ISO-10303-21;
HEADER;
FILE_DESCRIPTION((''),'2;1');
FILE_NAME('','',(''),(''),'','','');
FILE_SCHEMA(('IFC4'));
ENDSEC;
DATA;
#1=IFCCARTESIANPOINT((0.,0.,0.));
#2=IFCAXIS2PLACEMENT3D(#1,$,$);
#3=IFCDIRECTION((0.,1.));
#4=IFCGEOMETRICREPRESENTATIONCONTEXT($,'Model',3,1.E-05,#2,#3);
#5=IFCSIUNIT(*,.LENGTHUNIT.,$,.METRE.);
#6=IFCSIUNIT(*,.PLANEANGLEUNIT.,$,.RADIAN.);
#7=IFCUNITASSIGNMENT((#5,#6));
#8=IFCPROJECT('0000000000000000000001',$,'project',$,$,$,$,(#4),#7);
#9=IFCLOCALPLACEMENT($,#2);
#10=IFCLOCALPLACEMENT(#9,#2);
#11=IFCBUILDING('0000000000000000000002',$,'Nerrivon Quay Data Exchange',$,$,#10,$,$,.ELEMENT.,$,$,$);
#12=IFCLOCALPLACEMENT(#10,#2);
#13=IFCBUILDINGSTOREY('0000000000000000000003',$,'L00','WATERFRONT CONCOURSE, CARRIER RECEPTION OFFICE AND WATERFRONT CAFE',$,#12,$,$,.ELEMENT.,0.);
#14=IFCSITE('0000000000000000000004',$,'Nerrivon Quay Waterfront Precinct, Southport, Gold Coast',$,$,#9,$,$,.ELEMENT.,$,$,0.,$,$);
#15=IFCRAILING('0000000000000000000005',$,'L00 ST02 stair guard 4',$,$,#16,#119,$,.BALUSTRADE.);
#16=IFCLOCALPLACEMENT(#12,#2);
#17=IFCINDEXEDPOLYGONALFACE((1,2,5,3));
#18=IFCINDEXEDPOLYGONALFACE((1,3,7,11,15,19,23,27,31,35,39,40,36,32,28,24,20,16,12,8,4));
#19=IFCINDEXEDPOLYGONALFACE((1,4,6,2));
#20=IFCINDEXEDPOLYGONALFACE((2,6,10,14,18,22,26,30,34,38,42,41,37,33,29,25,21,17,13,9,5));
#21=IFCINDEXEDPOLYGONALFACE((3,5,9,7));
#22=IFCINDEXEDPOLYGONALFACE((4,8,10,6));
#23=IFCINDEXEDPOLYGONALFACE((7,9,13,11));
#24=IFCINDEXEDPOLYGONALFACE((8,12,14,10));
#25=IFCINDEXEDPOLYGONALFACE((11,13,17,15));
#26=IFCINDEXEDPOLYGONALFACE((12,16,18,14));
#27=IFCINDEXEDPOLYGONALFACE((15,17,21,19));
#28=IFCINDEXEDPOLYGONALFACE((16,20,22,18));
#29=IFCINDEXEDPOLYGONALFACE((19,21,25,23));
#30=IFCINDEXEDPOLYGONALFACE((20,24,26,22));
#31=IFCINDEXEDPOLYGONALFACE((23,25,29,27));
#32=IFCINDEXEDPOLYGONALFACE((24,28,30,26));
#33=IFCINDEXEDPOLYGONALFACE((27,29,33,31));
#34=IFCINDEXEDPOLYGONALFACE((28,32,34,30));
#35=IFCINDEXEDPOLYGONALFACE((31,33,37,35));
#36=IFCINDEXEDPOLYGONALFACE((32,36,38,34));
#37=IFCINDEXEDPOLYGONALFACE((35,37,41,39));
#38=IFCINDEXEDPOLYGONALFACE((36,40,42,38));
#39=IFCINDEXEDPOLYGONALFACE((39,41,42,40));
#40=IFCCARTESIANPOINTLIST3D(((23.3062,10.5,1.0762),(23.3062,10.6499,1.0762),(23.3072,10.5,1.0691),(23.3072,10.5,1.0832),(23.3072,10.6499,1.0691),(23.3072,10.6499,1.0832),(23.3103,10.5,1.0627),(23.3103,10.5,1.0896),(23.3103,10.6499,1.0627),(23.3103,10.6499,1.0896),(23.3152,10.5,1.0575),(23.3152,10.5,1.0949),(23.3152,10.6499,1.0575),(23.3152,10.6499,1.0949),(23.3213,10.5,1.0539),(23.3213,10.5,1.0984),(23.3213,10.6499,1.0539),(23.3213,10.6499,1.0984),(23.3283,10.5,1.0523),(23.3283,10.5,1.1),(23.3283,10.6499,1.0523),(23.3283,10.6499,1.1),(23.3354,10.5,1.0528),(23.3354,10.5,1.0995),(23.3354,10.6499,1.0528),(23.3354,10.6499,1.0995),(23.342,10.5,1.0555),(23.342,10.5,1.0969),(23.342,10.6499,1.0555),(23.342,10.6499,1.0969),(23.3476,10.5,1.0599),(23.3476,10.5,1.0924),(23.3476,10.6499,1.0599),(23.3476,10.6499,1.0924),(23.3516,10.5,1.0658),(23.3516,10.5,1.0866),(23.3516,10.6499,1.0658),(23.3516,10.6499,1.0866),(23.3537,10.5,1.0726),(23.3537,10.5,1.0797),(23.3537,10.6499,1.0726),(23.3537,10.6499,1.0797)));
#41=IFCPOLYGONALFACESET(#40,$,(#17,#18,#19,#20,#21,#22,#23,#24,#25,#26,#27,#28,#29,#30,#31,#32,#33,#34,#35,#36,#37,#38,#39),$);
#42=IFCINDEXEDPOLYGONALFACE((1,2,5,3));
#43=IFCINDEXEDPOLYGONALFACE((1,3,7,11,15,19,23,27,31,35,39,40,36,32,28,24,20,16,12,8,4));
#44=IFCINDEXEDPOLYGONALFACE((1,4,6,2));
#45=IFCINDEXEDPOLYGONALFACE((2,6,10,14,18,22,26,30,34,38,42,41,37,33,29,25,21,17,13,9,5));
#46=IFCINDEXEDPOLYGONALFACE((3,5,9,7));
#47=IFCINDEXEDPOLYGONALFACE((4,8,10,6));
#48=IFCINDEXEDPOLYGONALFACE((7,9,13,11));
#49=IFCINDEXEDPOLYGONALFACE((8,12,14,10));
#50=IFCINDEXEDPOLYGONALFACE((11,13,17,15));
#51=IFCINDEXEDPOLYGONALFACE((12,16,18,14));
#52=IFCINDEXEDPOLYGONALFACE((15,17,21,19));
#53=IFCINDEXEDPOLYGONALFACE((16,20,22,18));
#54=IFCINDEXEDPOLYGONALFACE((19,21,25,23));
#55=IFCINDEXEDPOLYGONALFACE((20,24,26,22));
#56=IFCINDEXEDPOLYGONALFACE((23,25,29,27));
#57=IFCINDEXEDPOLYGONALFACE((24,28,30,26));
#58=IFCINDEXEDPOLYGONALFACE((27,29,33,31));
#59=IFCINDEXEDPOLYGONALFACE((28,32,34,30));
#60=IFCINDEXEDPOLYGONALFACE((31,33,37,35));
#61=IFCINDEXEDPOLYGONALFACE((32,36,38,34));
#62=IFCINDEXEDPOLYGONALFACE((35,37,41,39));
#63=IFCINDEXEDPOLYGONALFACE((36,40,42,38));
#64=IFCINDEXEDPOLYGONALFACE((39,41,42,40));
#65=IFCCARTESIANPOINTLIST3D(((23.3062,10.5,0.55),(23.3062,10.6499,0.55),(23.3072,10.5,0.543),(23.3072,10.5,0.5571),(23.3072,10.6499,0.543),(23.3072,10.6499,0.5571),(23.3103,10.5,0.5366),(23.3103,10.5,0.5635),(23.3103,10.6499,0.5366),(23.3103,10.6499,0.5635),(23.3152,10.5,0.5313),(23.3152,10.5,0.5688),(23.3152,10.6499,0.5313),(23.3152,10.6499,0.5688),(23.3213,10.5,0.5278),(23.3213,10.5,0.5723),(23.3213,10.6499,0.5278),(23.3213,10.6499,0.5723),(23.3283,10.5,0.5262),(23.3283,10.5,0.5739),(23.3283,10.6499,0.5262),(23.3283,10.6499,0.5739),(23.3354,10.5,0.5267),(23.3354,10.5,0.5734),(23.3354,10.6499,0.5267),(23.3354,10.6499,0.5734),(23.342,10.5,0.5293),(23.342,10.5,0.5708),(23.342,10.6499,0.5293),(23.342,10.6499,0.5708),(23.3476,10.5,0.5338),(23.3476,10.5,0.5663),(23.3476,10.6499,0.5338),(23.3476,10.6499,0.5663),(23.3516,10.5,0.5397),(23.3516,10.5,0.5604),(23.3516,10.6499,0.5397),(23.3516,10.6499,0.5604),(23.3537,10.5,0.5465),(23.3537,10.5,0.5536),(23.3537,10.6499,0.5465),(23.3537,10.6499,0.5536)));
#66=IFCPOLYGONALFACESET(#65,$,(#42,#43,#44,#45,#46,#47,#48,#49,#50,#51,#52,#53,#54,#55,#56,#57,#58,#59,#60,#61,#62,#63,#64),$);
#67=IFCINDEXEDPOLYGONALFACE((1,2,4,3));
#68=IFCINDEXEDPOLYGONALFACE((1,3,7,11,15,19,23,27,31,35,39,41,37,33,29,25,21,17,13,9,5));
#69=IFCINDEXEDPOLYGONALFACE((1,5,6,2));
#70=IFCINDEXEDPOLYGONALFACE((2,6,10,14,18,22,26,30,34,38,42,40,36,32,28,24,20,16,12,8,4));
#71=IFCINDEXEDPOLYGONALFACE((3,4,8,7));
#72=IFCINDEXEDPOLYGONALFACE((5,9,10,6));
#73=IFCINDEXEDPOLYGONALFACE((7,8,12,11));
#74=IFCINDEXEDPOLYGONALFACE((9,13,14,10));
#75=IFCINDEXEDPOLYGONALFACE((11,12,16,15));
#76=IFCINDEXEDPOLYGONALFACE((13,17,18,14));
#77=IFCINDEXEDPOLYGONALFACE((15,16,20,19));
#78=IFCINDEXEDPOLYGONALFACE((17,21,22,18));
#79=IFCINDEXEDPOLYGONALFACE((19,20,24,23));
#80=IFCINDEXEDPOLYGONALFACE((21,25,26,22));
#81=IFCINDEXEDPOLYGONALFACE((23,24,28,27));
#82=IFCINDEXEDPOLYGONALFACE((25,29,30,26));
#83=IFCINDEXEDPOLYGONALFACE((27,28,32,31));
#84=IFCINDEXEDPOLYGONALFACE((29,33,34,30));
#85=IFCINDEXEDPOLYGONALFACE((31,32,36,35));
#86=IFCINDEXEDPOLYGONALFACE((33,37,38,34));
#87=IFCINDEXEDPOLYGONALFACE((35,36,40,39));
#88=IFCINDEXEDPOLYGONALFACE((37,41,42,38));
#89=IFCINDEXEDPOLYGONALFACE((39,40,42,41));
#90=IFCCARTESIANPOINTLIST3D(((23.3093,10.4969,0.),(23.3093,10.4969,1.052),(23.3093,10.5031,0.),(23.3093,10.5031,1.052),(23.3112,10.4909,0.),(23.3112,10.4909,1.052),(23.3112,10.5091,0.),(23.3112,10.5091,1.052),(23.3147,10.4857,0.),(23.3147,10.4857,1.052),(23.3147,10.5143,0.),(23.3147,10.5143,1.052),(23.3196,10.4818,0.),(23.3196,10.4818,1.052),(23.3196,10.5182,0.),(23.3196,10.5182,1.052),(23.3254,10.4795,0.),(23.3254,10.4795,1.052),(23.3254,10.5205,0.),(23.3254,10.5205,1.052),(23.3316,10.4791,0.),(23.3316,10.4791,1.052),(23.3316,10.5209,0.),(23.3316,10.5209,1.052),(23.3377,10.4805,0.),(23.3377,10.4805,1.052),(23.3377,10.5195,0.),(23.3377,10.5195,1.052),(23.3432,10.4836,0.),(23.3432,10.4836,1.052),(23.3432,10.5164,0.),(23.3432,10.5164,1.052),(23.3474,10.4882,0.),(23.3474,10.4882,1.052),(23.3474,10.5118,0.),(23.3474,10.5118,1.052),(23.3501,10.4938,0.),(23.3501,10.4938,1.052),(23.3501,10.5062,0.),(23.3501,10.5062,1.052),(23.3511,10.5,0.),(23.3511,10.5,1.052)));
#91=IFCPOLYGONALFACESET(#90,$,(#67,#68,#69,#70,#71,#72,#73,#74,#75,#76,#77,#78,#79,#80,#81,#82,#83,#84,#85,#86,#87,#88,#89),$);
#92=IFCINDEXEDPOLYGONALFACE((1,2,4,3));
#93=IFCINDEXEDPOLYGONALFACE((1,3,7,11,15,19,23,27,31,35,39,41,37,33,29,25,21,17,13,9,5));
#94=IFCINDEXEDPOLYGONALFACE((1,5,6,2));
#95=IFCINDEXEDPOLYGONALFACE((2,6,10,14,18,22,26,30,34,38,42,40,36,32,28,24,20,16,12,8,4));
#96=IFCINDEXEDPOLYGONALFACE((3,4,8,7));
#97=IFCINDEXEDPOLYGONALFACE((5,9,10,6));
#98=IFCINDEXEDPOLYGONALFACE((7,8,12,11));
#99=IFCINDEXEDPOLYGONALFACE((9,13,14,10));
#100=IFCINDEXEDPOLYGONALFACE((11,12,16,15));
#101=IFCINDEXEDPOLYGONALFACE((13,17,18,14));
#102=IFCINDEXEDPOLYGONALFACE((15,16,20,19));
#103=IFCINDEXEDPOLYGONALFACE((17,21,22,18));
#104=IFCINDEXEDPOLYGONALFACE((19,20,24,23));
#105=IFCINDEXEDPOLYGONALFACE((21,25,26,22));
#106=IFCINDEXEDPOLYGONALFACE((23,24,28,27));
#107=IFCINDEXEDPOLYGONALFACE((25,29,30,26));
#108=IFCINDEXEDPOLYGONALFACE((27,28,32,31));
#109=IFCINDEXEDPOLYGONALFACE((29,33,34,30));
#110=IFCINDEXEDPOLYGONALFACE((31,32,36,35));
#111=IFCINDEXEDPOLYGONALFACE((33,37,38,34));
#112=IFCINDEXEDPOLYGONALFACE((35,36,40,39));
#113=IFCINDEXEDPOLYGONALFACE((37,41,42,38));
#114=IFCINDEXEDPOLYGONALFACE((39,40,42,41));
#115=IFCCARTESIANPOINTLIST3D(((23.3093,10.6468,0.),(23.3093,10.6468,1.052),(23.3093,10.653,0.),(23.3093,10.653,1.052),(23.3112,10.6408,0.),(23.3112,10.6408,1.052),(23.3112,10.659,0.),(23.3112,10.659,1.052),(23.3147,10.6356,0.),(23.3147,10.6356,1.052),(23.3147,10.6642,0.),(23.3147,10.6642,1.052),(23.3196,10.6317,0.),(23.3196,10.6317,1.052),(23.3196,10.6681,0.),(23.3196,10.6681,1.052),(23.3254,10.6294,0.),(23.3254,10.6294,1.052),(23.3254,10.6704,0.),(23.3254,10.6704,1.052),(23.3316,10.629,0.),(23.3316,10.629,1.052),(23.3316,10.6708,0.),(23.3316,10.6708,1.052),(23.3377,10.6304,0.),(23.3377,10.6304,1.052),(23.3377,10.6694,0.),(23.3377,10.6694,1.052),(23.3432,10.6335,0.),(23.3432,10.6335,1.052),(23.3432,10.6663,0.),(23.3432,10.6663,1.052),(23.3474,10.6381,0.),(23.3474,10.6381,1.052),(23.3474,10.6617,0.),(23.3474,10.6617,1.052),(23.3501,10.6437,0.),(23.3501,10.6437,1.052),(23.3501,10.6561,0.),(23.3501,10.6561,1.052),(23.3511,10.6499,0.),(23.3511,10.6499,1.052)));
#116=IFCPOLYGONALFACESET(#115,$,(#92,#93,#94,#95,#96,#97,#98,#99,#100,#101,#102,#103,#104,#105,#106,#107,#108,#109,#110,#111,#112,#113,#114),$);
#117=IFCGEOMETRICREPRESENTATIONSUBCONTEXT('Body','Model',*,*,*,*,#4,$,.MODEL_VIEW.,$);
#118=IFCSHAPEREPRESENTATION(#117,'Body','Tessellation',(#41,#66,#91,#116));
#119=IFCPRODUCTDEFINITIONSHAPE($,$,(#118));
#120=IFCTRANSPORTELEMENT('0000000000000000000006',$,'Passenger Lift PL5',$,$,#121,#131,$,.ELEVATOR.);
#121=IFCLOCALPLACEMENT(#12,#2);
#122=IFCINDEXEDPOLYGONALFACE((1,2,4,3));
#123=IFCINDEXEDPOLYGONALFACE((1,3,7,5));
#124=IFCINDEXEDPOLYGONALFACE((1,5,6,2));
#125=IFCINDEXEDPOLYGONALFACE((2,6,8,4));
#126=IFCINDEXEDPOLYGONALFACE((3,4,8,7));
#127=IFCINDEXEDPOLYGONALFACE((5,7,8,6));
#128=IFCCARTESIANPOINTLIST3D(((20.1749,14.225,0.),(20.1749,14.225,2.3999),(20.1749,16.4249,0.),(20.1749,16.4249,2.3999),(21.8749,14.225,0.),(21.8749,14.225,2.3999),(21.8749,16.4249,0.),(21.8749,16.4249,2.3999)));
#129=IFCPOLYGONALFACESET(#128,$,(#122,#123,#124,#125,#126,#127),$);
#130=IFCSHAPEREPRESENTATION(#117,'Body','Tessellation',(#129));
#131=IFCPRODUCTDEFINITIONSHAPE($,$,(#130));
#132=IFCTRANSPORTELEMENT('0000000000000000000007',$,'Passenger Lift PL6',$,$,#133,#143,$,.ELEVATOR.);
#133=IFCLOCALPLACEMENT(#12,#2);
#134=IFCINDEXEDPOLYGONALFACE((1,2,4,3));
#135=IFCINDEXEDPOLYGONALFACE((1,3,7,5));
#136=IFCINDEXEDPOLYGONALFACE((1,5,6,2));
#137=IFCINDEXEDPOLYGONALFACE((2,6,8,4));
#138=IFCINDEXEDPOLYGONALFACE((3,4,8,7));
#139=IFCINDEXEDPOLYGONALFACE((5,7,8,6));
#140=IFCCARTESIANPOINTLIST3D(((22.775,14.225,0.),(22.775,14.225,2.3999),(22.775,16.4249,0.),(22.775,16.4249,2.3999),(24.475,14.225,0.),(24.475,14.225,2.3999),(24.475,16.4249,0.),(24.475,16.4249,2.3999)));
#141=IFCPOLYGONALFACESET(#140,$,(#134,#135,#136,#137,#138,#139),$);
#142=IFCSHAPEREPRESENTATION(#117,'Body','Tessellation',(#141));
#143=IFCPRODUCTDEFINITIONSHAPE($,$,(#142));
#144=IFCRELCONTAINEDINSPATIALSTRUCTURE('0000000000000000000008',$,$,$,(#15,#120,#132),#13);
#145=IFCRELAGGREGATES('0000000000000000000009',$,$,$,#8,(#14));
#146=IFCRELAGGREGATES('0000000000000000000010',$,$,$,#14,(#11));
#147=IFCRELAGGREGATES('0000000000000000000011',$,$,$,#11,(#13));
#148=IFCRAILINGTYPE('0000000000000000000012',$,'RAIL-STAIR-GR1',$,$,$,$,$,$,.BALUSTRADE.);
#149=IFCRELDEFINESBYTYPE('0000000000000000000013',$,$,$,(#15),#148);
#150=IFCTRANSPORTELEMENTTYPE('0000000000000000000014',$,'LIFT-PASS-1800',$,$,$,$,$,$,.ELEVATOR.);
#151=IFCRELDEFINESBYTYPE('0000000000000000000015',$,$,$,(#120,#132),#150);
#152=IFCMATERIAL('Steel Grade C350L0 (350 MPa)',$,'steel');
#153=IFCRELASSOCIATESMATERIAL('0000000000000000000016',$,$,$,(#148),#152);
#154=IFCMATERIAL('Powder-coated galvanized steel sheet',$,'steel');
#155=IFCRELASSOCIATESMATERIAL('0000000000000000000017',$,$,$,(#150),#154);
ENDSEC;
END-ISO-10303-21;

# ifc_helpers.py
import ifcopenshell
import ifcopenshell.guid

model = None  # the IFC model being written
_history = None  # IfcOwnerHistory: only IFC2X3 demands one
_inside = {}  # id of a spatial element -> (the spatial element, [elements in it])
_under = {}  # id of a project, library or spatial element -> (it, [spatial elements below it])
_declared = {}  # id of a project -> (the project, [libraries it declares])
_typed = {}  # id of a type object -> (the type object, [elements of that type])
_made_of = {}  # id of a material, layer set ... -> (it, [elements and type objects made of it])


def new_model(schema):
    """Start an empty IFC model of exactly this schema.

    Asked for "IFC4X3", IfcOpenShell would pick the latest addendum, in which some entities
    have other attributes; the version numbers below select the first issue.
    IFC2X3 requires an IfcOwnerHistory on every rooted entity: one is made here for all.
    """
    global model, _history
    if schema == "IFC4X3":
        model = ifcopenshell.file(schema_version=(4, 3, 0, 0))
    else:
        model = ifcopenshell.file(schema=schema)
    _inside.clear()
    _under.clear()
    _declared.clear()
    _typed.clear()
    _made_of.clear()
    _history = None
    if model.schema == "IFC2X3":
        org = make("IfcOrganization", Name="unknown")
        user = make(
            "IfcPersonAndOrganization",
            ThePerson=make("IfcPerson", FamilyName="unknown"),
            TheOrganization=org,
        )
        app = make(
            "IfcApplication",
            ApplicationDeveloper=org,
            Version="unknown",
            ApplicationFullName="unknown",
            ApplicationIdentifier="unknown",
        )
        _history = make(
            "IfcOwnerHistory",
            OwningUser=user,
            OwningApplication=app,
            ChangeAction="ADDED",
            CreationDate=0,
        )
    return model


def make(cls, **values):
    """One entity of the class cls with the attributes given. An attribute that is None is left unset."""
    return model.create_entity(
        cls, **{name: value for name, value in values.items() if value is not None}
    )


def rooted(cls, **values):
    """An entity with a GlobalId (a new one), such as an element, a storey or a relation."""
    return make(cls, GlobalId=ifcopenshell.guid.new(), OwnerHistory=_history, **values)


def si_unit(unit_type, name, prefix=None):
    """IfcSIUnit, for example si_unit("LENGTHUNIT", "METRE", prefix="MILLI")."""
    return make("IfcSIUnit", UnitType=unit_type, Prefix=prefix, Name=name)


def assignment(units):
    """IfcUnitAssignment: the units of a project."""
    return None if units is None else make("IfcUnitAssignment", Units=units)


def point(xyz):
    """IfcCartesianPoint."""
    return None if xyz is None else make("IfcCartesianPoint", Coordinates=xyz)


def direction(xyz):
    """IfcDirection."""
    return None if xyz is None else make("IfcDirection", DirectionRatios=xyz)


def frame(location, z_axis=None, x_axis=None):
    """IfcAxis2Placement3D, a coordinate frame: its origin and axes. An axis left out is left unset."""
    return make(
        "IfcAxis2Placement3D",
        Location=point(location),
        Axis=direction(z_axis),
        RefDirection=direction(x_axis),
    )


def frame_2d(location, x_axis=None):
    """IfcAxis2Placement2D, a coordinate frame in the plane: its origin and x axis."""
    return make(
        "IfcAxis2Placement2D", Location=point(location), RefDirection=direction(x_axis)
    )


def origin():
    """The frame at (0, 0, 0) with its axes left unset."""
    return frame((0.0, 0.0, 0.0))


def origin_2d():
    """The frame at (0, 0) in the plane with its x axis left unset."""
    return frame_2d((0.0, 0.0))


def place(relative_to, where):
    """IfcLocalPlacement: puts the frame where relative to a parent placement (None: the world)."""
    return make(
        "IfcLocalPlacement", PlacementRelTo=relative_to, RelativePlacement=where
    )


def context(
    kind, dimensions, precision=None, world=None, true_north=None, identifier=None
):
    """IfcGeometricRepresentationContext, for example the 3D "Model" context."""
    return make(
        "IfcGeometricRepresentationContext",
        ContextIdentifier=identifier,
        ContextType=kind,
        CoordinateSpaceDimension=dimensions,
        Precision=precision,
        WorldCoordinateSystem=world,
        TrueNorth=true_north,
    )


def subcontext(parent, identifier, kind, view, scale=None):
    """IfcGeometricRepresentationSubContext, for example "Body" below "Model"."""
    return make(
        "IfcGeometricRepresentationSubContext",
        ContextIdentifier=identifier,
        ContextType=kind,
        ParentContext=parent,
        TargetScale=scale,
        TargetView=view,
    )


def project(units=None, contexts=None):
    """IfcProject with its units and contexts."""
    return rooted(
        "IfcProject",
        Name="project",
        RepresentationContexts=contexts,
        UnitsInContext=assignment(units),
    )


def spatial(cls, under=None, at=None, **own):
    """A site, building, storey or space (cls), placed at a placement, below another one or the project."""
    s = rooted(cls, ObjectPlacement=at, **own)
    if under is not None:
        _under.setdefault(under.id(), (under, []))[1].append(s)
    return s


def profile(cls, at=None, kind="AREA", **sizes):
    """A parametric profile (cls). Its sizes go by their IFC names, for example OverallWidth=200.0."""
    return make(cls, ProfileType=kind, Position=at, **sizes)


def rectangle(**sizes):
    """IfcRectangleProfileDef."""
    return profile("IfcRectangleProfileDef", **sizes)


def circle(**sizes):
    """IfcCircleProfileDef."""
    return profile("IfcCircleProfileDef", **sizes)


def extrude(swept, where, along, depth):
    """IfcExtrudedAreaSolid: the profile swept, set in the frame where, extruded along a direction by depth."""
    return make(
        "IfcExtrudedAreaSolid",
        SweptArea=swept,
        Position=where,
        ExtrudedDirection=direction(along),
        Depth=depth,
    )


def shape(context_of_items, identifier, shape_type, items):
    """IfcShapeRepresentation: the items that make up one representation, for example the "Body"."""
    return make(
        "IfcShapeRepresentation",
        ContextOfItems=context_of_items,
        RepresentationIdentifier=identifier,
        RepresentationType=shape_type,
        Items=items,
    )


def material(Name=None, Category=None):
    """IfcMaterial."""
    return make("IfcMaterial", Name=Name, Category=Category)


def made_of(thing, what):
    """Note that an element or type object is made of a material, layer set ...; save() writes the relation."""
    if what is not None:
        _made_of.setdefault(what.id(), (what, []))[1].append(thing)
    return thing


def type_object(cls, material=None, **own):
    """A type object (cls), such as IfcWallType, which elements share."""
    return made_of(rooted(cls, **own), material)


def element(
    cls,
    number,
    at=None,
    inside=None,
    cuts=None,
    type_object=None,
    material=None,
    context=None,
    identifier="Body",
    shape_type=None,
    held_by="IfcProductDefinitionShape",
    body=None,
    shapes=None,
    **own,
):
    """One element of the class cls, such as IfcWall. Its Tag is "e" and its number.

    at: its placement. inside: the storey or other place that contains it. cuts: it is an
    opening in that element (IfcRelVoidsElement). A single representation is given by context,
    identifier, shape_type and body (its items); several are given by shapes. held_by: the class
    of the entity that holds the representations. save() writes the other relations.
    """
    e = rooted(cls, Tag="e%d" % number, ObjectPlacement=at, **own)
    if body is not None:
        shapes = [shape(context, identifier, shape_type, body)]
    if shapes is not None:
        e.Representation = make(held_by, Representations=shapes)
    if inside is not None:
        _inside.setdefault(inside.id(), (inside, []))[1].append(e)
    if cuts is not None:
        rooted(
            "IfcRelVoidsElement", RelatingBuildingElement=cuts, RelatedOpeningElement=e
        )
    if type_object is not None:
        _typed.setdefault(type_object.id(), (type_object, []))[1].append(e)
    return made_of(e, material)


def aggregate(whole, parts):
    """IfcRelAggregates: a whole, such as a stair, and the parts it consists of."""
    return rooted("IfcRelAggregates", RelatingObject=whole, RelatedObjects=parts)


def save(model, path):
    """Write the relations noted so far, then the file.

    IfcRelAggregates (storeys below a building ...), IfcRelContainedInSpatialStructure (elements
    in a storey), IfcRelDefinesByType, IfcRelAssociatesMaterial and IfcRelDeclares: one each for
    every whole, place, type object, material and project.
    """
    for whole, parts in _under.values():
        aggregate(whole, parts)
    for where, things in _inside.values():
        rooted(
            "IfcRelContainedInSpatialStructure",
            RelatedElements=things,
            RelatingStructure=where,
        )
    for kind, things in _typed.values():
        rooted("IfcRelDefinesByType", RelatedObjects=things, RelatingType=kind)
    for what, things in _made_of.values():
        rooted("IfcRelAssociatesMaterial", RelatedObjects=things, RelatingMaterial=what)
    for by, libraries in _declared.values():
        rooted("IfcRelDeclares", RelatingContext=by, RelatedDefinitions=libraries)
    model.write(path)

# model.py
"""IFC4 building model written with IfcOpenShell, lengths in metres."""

from ifc_helpers import new_model, si_unit, direction, frame, origin, origin_2d, place, context, subcontext, project, spatial, rectangle, circle, extrude, material, type_object, element, save


model = new_model("IFC4")

# Units and contexts
model_context = context("Model", 3, precision=1e-05, world=origin(), true_north=direction((0.0, 1.0)))
body_context = subcontext(model_context, "Body", "Model", "MODEL_VIEW")
ifc_project = project(units=[si_unit("LENGTHUNIT", "METRE"), si_unit("PLANEANGLEUNIT", "RADIAN")], contexts=[model_context])

# Site, building, storey
site_placement = place(None, origin())
site = spatial("IfcSite", under=ifc_project, at=site_placement, Name="Nerrivon Quay Waterfront Precinct, Southport, Gold Coast", CompositionType="ELEMENT", RefElevation=0.0)
building_placement = place(site_placement, origin())
building = spatial("IfcBuilding", under=site, at=building_placement, Name="Nerrivon Quay Data Exchange", CompositionType="ELEMENT")
storey_placement = place(building_placement, origin())
storey = spatial("IfcBuildingStorey", under=building, at=storey_placement, Name="L00", Description="WATERFRONT CONCOURSE, CARRIER RECEPTION OFFICE AND WATERFRONT CAFE", CompositionType="ELEMENT", Elevation=0.0)

# Shared definitions
ifc_material_1 = material(Name="Powder-coated galvanized steel sheet", Category="steel")

# Railing
ifc_material_2 = material(Name="Steel Grade C350L0 (350 MPa)", Category="steel")
railing_type = type_object("IfcRailingType", Name="RAIL-STAIR-GR1", PredefinedType="BALUSTRADE", material=ifc_material_2)
railing_1_placement = place(storey_placement, frame((23.3301, 10.5, 0.0)))
element("IfcRailing", 1, at=railing_1_placement, inside=storey, type_object=railing_type, Name="L00 ST02 stair guard 4", PredefinedType="BALUSTRADE", context=body_context, shape_type="SweptSolid", body=[
    extrude(circle(Radius=0.0239, at=origin_2d()), frame((0.0, 0.0, 1.0762), z_axis=(0.0, 1.0, 0.0), x_axis=(-1.0, 0.0, 0.0)), (0.0, 0.0, 1.0), 0.1499),
    extrude(circle(Radius=0.0239, at=origin_2d()), frame((0.0, 0.0, 0.55), z_axis=(0.0, 1.0, 0.0), x_axis=(-1.0, 0.0, 0.0)), (0.0, 0.0, 1.0), 0.1499),
    extrude(circle(Radius=0.021, at=origin_2d()), origin(), (0.0, 0.0, 1.0), 1.052),
    extrude(circle(Radius=0.021, at=origin_2d()), frame((0.0, 0.1499, 0.0)), (0.0, 0.0, 1.0), 1.052),
])

# Transport elements
transport_element_type = type_object("IfcTransportElementType", Name="LIFT-PASS-1800", PredefinedType="ELEVATOR", material=ifc_material_1)
for number, where, z_axis, x_axis, name in (
    (2, (21.0249, 15.325, 0.0), (0.0, 0.0, 1.0), (1.0, 0.0, 0.0), "Passenger Lift PL5"),
    (3, (23.625, 15.325, 0.0), (0.0, 0.0, 1.0), (1.0, 0.0, 0.0), "Passenger Lift PL6"),
):
    element("IfcTransportElement", number, at=place(storey_placement, frame(where, z_axis=z_axis, x_axis=x_axis)), inside=storey, type_object=transport_element_type, Name=name, PredefinedType="ELEVATOR", context=body_context, shape_type="SweptSolid", body=[
        extrude(rectangle(XDim=1.7, YDim=2.2, at=origin_2d()), origin(), (0.0, 0.0, 1.0), 2.3999),
    ])

save(model, "model.ifc")
